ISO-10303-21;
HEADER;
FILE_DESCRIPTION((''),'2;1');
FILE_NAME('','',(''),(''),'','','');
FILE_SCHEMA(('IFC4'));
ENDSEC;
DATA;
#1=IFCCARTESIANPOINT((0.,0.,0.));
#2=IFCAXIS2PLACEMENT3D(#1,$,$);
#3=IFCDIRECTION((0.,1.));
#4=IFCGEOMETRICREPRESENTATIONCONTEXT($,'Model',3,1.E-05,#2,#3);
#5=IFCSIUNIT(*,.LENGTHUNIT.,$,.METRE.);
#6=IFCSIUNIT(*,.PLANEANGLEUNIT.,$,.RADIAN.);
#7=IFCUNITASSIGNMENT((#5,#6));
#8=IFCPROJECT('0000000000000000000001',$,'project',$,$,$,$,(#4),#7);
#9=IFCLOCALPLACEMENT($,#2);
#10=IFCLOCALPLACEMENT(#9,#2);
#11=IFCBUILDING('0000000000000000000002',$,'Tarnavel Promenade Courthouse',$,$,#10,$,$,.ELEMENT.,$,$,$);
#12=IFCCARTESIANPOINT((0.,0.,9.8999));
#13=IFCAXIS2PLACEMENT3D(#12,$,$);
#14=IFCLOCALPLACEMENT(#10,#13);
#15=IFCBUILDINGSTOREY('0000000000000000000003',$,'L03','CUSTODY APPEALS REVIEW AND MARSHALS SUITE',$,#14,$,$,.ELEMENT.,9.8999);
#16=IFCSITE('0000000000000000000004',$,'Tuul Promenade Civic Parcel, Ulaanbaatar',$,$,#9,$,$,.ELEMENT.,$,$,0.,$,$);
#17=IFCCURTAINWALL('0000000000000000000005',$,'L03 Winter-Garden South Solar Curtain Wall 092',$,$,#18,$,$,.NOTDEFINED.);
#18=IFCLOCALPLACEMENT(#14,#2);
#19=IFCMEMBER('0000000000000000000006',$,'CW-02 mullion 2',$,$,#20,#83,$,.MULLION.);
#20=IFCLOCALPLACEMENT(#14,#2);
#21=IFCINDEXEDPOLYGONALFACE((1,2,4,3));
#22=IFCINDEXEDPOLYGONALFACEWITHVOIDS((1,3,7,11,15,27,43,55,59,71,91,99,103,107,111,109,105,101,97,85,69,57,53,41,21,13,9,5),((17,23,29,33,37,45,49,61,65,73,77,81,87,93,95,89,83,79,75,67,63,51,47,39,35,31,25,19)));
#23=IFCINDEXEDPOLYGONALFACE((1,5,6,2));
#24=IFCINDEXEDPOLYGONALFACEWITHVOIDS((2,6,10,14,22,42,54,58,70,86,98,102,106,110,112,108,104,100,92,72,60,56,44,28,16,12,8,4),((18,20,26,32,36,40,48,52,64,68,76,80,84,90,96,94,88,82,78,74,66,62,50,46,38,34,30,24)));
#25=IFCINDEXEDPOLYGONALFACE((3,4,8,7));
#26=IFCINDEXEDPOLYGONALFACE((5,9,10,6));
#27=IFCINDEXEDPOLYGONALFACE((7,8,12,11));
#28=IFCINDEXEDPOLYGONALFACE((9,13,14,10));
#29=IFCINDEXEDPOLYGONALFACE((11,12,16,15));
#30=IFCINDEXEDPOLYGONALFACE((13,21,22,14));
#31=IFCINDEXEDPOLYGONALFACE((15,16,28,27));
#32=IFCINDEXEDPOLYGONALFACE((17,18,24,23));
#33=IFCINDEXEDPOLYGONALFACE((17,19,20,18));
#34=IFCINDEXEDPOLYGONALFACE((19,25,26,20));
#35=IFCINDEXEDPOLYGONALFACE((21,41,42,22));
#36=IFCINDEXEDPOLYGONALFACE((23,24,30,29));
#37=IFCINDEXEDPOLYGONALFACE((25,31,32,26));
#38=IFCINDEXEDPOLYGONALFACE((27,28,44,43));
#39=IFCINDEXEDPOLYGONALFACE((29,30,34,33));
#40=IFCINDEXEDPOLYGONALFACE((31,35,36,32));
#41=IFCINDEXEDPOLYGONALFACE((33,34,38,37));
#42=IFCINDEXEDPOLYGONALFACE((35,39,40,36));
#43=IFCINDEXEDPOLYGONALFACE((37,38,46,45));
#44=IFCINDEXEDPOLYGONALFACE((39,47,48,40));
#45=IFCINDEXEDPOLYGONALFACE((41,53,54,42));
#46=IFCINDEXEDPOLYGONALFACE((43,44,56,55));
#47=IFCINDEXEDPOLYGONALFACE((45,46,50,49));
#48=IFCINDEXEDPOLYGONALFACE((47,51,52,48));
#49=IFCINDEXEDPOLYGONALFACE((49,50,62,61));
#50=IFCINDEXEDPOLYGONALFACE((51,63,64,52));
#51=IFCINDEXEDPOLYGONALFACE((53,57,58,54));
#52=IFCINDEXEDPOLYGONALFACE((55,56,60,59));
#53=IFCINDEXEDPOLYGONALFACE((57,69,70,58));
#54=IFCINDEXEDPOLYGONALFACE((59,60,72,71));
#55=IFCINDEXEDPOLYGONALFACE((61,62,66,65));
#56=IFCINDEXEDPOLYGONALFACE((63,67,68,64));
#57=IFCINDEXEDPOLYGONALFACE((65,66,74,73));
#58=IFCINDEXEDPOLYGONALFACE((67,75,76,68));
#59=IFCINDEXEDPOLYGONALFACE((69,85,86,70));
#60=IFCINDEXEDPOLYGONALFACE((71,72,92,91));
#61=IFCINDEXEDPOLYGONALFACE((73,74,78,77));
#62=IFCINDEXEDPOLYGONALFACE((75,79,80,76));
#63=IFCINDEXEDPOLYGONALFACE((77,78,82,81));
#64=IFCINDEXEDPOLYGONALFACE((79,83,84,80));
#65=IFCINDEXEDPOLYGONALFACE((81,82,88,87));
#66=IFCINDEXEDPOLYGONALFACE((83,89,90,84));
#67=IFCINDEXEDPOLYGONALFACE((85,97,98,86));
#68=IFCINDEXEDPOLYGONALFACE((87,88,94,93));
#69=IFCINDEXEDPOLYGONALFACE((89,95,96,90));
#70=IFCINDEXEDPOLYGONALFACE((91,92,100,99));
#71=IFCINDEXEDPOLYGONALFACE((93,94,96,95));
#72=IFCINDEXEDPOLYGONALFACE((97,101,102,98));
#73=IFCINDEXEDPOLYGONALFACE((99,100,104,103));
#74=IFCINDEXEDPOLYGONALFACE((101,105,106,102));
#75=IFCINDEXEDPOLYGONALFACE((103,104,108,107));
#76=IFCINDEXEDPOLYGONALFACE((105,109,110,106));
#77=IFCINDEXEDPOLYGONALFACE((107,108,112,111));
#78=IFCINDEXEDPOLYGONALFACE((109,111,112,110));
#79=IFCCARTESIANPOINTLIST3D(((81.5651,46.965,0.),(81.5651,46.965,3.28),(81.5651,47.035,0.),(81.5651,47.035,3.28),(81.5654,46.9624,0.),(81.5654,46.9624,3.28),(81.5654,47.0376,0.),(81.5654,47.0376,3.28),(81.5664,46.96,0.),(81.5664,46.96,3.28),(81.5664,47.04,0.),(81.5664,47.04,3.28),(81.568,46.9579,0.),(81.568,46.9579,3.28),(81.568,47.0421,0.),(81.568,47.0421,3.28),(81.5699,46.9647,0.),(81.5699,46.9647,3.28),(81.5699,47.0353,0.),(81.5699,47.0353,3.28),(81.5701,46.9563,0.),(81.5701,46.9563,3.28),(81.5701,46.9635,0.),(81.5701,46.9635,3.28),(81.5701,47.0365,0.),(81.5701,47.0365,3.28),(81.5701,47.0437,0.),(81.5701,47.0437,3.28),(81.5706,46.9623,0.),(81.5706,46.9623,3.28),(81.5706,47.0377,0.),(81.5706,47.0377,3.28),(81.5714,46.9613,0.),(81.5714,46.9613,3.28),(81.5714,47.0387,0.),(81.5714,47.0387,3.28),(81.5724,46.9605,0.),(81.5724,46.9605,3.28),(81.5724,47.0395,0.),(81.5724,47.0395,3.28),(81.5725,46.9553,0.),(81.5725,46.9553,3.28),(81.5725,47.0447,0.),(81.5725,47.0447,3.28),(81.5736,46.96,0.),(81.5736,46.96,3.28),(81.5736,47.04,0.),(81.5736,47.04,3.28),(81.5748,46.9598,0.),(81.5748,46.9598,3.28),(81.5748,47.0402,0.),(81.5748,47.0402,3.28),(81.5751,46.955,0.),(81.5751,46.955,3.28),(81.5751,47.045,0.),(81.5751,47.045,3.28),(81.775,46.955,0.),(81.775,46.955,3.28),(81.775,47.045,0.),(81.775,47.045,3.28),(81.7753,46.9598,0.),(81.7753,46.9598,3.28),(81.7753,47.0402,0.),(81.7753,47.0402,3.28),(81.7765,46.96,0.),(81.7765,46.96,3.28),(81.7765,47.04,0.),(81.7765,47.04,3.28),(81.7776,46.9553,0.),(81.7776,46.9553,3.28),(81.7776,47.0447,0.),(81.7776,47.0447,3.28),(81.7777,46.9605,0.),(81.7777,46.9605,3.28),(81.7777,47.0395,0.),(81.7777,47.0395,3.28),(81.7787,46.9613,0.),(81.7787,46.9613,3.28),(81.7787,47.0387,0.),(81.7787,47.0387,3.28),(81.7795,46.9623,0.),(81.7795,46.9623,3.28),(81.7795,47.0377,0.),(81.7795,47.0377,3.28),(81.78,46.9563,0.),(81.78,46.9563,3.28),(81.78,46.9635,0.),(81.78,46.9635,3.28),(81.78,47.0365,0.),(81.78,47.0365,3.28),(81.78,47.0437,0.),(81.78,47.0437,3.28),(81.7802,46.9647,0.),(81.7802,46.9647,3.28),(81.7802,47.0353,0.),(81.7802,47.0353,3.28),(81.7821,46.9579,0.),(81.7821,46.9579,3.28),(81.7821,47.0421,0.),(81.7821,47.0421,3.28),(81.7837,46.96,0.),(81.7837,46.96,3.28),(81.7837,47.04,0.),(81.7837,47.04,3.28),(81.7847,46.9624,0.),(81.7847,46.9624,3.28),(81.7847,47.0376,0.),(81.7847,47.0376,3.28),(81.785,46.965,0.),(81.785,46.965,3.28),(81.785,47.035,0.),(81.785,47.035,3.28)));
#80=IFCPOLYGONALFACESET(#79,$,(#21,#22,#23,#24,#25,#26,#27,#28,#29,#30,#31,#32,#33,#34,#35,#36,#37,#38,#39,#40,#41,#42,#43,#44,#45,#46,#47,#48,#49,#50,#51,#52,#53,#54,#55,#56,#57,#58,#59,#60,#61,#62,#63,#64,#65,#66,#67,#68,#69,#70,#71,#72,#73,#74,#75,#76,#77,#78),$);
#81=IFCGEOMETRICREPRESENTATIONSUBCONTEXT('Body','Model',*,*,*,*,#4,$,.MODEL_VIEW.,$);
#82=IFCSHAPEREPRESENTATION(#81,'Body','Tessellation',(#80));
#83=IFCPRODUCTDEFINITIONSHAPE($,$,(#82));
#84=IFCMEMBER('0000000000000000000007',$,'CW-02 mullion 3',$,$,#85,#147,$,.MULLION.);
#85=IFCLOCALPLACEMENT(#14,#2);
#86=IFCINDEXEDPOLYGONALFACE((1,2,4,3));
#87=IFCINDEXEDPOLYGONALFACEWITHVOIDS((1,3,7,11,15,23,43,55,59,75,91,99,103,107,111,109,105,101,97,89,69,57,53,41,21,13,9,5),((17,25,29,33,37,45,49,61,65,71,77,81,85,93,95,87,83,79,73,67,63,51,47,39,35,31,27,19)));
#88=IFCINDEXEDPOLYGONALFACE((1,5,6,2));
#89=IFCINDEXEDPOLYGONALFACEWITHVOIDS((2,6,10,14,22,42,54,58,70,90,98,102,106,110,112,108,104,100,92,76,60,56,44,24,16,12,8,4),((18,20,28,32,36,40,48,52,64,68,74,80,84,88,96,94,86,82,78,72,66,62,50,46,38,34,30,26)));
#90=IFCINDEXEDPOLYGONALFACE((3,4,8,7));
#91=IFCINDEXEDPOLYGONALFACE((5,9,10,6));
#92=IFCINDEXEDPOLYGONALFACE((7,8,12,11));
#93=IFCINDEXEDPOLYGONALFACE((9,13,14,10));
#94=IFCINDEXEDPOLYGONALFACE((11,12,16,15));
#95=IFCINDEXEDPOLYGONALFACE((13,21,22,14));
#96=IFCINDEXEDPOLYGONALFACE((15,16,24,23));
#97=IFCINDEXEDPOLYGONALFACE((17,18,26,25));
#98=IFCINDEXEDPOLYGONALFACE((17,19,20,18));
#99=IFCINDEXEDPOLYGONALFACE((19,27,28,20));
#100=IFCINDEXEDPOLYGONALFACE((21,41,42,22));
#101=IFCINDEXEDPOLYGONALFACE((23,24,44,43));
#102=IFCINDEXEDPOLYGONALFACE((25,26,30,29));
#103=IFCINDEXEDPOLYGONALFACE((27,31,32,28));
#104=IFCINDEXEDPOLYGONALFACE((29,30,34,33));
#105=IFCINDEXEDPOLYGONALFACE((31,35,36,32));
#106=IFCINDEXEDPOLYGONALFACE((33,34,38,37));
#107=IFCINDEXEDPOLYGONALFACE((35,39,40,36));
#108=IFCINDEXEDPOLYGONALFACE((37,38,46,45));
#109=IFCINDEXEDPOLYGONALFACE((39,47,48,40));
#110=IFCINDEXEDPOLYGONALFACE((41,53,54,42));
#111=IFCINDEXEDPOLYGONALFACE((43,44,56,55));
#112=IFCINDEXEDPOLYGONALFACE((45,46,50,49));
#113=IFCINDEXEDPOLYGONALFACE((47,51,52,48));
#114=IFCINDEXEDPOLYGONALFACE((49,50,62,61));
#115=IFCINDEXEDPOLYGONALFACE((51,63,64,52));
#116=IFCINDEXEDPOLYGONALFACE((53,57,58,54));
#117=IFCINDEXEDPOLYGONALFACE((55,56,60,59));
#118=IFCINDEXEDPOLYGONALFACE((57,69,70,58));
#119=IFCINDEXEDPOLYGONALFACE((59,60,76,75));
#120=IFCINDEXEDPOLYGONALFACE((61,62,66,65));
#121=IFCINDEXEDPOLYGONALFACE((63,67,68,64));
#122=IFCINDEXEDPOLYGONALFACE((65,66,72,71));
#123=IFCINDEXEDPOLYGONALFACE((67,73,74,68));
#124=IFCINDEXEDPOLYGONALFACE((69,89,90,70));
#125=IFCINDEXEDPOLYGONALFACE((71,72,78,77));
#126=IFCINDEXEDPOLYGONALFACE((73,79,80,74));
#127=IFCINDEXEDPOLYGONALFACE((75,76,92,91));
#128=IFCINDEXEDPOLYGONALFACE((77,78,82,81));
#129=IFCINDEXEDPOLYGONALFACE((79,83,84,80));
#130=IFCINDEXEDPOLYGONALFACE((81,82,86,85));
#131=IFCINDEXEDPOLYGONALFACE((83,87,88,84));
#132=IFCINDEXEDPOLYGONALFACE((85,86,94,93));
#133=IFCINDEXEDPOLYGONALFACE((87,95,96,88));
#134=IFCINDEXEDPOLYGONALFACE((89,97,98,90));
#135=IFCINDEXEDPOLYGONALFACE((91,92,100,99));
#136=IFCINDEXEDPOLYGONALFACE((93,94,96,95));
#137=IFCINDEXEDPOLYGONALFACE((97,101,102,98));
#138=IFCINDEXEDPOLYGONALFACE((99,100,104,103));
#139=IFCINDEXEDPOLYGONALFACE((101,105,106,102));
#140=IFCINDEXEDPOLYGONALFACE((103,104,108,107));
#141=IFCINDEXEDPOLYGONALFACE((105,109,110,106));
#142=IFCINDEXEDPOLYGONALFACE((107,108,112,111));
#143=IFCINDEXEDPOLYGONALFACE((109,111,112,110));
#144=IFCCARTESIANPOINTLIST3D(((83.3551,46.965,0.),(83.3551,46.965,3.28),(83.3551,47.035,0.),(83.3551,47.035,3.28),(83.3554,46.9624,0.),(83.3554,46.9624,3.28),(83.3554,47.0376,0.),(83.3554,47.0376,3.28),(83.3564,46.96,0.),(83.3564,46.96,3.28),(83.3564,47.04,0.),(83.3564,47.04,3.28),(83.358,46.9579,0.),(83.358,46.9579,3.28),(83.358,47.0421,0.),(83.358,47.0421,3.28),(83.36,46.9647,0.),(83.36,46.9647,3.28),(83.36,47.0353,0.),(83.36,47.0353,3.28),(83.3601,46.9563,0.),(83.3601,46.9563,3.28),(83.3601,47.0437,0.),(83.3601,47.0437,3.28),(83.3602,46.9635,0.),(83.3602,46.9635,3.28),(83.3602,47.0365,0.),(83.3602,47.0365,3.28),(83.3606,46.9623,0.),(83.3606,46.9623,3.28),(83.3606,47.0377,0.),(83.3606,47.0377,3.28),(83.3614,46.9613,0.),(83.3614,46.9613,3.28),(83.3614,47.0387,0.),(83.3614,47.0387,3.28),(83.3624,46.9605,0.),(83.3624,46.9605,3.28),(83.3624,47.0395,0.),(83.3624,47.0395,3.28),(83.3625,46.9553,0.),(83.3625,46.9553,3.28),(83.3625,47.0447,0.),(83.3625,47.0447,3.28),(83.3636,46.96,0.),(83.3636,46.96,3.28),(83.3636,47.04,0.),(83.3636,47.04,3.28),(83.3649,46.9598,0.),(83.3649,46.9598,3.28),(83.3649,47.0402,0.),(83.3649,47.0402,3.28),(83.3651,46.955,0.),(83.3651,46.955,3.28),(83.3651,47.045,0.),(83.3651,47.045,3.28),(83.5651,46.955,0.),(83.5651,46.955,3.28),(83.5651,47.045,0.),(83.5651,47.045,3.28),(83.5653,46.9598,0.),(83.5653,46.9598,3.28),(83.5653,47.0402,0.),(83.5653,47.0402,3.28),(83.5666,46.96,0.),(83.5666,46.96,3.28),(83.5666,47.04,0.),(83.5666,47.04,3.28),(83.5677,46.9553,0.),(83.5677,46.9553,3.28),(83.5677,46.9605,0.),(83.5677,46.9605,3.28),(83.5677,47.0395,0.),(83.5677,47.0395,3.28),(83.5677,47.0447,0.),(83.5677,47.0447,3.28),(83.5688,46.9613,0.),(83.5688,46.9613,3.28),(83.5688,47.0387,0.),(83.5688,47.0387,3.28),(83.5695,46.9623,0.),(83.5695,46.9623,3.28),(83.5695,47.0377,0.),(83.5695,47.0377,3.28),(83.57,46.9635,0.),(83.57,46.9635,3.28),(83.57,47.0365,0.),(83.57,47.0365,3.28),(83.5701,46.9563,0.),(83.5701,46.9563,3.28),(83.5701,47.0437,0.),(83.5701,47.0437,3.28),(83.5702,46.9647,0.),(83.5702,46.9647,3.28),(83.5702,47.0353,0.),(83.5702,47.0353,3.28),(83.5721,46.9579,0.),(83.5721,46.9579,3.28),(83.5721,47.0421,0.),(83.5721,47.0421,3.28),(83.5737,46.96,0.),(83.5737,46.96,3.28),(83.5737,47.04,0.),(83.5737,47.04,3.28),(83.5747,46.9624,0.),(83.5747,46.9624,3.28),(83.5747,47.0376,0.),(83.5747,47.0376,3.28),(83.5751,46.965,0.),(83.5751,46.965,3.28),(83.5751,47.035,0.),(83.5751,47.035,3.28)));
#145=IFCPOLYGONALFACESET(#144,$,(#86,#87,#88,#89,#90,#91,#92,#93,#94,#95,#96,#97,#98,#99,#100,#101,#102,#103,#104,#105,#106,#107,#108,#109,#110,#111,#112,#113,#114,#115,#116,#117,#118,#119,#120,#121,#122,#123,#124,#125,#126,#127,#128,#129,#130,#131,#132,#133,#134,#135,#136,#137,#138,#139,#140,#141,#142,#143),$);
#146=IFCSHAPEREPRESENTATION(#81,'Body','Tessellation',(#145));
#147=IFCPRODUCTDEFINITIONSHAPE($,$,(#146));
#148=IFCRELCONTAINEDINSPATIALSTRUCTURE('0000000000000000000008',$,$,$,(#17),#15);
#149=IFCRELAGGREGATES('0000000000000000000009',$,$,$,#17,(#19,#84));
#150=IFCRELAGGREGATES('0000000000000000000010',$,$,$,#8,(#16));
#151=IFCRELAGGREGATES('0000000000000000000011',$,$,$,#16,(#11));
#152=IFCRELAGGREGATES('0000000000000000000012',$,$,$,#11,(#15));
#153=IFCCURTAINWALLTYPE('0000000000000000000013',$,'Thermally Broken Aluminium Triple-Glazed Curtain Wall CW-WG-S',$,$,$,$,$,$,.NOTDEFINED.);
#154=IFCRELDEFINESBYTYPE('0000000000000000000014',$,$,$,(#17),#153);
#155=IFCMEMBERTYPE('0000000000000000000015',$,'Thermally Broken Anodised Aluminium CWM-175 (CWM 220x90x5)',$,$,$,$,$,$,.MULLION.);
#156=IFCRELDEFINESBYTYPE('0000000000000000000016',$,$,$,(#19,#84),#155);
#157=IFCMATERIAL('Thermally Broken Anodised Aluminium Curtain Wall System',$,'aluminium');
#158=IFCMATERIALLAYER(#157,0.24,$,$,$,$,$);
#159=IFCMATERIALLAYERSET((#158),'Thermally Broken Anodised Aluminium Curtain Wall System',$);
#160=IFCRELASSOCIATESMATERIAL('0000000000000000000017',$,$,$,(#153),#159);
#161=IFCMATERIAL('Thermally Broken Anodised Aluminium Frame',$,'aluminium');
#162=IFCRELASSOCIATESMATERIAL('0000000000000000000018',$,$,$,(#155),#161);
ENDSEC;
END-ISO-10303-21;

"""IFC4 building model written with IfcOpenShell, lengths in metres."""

from ifc_helpers import new_model, si_unit, direction, frame, origin, origin_2d, place, context, subcontext, project, spatial, hollow_rectangle, extrude, material, layer, layer_set, material_profile, profile_set, type_object, element, aggregate, save


model = new_model("IFC4")

# Units and contexts
model_context = context("Model", 3, precision=1e-05, world=origin(), true_north=direction((0.0, 1.0)))
body_context = subcontext(model_context, "Body", "Model", "MODEL_VIEW")
ifc_project = project(units=[si_unit("LENGTHUNIT", "METRE"), si_unit("PLANEANGLEUNIT", "RADIAN")], contexts=[model_context])

# Site, building, storey
site_placement = place(None, origin())
site = spatial("IfcSite", under=ifc_project, at=site_placement, Name="Tuul Promenade Civic Parcel, Ulaanbaatar", CompositionType="ELEMENT", RefElevation=0.0)
building_placement = place(site_placement, origin())
building = spatial("IfcBuilding", under=site, at=building_placement, Name="Tarnavel Promenade Courthouse", CompositionType="ELEMENT")
storey_placement = place(building_placement, frame((0.0, 0.0, 9.8999)))
storey = spatial("IfcBuildingStorey", under=building, at=storey_placement, Name="L03", Description="CUSTODY APPEALS REVIEW AND MARSHALS SUITE", CompositionType="ELEMENT", Elevation=9.8999)

# Shared definitions
ifc_material_1 = material(Name="Thermally Broken Anodised Aluminium Curtain Wall System", Category="aluminium")
ifc_layer_1 = layer(ifc_material_1, 0.24)
ifc_layer_set_1 = layer_set([ifc_layer_1], Name="Thermally Broken Anodised Aluminium Curtain Wall System")
curtain_wall_type = type_object("IfcCurtainWallType", Name="Thermally Broken Aluminium Triple-Glazed Curtain Wall CW-WG-S", PredefinedType="NOTDEFINED", material=ifc_layer_set_1)
ifc_material_2 = material(Name="Thermally Broken Anodised Aluminium Frame", Category="aluminium")
ifc_material_profile_1 = material_profile(ifc_material_2, hollow_rectangle(XDim=0.0901, YDim=0.22, WallThickness=0.0049, InnerFilletRadius=0.0049, OuterFilletRadius=0.01, at=origin_2d()), Name="CWM 220x90x5")
ifc_profile_set_1 = profile_set([ifc_material_profile_1], Name="Thermally Broken Anodised Aluminium Frame")
member_type_1 = type_object("IfcMemberType", Name="Thermally Broken Anodised Aluminium CWM-175 (CWM 220x90x5)", PredefinedType="MULLION", material=ifc_profile_set_1)

# Curtain wall, members
curtain_wall_1_placement = place(storey_placement, origin())
curtain_wall_1 = element("IfcCurtainWall", 1, at=curtain_wall_1_placement, inside=storey, type_object=curtain_wall_type, Name="L03 Winter-Garden South Solar Curtain Wall 092", PredefinedType="NOTDEFINED")
member_1_placement = place(storey_placement, frame((81.675, 47.0, 0.0), z_axis=(0.0, 0.0, 1.0), x_axis=(0.0, 1.0, 0.0)))
member_1 = element("IfcMember", 2, at=member_1_placement, type_object=member_type_1, Name="CW-02 mullion 2", PredefinedType="MULLION", context=body_context, shape_type="SweptSolid", body=[
    extrude(hollow_rectangle(XDim=0.0901, YDim=0.22, WallThickness=0.0049, InnerFilletRadius=0.0049, OuterFilletRadius=0.01, at=origin_2d()), origin(), (0.0, 0.0, 1.0), 3.28),
])
member_2_placement = place(storey_placement, frame((83.4651, 47.0, 0.0), z_axis=(0.0, 0.0, 1.0), x_axis=(0.0, 1.0, 0.0)))
member_2 = element("IfcMember", 3, at=member_2_placement, type_object=member_type_1, Name="CW-02 mullion 3", PredefinedType="MULLION", context=body_context, shape_type="SweptSolid", body=[
    extrude(hollow_rectangle(XDim=0.0901, YDim=0.22, WallThickness=0.0049, InnerFilletRadius=0.0049, OuterFilletRadius=0.01, at=origin_2d()), origin(), (0.0, 0.0, 1.0), 3.28),
])

aggregate(curtain_wall_1, [member_1, member_2])

save(model, "model.ifc")
